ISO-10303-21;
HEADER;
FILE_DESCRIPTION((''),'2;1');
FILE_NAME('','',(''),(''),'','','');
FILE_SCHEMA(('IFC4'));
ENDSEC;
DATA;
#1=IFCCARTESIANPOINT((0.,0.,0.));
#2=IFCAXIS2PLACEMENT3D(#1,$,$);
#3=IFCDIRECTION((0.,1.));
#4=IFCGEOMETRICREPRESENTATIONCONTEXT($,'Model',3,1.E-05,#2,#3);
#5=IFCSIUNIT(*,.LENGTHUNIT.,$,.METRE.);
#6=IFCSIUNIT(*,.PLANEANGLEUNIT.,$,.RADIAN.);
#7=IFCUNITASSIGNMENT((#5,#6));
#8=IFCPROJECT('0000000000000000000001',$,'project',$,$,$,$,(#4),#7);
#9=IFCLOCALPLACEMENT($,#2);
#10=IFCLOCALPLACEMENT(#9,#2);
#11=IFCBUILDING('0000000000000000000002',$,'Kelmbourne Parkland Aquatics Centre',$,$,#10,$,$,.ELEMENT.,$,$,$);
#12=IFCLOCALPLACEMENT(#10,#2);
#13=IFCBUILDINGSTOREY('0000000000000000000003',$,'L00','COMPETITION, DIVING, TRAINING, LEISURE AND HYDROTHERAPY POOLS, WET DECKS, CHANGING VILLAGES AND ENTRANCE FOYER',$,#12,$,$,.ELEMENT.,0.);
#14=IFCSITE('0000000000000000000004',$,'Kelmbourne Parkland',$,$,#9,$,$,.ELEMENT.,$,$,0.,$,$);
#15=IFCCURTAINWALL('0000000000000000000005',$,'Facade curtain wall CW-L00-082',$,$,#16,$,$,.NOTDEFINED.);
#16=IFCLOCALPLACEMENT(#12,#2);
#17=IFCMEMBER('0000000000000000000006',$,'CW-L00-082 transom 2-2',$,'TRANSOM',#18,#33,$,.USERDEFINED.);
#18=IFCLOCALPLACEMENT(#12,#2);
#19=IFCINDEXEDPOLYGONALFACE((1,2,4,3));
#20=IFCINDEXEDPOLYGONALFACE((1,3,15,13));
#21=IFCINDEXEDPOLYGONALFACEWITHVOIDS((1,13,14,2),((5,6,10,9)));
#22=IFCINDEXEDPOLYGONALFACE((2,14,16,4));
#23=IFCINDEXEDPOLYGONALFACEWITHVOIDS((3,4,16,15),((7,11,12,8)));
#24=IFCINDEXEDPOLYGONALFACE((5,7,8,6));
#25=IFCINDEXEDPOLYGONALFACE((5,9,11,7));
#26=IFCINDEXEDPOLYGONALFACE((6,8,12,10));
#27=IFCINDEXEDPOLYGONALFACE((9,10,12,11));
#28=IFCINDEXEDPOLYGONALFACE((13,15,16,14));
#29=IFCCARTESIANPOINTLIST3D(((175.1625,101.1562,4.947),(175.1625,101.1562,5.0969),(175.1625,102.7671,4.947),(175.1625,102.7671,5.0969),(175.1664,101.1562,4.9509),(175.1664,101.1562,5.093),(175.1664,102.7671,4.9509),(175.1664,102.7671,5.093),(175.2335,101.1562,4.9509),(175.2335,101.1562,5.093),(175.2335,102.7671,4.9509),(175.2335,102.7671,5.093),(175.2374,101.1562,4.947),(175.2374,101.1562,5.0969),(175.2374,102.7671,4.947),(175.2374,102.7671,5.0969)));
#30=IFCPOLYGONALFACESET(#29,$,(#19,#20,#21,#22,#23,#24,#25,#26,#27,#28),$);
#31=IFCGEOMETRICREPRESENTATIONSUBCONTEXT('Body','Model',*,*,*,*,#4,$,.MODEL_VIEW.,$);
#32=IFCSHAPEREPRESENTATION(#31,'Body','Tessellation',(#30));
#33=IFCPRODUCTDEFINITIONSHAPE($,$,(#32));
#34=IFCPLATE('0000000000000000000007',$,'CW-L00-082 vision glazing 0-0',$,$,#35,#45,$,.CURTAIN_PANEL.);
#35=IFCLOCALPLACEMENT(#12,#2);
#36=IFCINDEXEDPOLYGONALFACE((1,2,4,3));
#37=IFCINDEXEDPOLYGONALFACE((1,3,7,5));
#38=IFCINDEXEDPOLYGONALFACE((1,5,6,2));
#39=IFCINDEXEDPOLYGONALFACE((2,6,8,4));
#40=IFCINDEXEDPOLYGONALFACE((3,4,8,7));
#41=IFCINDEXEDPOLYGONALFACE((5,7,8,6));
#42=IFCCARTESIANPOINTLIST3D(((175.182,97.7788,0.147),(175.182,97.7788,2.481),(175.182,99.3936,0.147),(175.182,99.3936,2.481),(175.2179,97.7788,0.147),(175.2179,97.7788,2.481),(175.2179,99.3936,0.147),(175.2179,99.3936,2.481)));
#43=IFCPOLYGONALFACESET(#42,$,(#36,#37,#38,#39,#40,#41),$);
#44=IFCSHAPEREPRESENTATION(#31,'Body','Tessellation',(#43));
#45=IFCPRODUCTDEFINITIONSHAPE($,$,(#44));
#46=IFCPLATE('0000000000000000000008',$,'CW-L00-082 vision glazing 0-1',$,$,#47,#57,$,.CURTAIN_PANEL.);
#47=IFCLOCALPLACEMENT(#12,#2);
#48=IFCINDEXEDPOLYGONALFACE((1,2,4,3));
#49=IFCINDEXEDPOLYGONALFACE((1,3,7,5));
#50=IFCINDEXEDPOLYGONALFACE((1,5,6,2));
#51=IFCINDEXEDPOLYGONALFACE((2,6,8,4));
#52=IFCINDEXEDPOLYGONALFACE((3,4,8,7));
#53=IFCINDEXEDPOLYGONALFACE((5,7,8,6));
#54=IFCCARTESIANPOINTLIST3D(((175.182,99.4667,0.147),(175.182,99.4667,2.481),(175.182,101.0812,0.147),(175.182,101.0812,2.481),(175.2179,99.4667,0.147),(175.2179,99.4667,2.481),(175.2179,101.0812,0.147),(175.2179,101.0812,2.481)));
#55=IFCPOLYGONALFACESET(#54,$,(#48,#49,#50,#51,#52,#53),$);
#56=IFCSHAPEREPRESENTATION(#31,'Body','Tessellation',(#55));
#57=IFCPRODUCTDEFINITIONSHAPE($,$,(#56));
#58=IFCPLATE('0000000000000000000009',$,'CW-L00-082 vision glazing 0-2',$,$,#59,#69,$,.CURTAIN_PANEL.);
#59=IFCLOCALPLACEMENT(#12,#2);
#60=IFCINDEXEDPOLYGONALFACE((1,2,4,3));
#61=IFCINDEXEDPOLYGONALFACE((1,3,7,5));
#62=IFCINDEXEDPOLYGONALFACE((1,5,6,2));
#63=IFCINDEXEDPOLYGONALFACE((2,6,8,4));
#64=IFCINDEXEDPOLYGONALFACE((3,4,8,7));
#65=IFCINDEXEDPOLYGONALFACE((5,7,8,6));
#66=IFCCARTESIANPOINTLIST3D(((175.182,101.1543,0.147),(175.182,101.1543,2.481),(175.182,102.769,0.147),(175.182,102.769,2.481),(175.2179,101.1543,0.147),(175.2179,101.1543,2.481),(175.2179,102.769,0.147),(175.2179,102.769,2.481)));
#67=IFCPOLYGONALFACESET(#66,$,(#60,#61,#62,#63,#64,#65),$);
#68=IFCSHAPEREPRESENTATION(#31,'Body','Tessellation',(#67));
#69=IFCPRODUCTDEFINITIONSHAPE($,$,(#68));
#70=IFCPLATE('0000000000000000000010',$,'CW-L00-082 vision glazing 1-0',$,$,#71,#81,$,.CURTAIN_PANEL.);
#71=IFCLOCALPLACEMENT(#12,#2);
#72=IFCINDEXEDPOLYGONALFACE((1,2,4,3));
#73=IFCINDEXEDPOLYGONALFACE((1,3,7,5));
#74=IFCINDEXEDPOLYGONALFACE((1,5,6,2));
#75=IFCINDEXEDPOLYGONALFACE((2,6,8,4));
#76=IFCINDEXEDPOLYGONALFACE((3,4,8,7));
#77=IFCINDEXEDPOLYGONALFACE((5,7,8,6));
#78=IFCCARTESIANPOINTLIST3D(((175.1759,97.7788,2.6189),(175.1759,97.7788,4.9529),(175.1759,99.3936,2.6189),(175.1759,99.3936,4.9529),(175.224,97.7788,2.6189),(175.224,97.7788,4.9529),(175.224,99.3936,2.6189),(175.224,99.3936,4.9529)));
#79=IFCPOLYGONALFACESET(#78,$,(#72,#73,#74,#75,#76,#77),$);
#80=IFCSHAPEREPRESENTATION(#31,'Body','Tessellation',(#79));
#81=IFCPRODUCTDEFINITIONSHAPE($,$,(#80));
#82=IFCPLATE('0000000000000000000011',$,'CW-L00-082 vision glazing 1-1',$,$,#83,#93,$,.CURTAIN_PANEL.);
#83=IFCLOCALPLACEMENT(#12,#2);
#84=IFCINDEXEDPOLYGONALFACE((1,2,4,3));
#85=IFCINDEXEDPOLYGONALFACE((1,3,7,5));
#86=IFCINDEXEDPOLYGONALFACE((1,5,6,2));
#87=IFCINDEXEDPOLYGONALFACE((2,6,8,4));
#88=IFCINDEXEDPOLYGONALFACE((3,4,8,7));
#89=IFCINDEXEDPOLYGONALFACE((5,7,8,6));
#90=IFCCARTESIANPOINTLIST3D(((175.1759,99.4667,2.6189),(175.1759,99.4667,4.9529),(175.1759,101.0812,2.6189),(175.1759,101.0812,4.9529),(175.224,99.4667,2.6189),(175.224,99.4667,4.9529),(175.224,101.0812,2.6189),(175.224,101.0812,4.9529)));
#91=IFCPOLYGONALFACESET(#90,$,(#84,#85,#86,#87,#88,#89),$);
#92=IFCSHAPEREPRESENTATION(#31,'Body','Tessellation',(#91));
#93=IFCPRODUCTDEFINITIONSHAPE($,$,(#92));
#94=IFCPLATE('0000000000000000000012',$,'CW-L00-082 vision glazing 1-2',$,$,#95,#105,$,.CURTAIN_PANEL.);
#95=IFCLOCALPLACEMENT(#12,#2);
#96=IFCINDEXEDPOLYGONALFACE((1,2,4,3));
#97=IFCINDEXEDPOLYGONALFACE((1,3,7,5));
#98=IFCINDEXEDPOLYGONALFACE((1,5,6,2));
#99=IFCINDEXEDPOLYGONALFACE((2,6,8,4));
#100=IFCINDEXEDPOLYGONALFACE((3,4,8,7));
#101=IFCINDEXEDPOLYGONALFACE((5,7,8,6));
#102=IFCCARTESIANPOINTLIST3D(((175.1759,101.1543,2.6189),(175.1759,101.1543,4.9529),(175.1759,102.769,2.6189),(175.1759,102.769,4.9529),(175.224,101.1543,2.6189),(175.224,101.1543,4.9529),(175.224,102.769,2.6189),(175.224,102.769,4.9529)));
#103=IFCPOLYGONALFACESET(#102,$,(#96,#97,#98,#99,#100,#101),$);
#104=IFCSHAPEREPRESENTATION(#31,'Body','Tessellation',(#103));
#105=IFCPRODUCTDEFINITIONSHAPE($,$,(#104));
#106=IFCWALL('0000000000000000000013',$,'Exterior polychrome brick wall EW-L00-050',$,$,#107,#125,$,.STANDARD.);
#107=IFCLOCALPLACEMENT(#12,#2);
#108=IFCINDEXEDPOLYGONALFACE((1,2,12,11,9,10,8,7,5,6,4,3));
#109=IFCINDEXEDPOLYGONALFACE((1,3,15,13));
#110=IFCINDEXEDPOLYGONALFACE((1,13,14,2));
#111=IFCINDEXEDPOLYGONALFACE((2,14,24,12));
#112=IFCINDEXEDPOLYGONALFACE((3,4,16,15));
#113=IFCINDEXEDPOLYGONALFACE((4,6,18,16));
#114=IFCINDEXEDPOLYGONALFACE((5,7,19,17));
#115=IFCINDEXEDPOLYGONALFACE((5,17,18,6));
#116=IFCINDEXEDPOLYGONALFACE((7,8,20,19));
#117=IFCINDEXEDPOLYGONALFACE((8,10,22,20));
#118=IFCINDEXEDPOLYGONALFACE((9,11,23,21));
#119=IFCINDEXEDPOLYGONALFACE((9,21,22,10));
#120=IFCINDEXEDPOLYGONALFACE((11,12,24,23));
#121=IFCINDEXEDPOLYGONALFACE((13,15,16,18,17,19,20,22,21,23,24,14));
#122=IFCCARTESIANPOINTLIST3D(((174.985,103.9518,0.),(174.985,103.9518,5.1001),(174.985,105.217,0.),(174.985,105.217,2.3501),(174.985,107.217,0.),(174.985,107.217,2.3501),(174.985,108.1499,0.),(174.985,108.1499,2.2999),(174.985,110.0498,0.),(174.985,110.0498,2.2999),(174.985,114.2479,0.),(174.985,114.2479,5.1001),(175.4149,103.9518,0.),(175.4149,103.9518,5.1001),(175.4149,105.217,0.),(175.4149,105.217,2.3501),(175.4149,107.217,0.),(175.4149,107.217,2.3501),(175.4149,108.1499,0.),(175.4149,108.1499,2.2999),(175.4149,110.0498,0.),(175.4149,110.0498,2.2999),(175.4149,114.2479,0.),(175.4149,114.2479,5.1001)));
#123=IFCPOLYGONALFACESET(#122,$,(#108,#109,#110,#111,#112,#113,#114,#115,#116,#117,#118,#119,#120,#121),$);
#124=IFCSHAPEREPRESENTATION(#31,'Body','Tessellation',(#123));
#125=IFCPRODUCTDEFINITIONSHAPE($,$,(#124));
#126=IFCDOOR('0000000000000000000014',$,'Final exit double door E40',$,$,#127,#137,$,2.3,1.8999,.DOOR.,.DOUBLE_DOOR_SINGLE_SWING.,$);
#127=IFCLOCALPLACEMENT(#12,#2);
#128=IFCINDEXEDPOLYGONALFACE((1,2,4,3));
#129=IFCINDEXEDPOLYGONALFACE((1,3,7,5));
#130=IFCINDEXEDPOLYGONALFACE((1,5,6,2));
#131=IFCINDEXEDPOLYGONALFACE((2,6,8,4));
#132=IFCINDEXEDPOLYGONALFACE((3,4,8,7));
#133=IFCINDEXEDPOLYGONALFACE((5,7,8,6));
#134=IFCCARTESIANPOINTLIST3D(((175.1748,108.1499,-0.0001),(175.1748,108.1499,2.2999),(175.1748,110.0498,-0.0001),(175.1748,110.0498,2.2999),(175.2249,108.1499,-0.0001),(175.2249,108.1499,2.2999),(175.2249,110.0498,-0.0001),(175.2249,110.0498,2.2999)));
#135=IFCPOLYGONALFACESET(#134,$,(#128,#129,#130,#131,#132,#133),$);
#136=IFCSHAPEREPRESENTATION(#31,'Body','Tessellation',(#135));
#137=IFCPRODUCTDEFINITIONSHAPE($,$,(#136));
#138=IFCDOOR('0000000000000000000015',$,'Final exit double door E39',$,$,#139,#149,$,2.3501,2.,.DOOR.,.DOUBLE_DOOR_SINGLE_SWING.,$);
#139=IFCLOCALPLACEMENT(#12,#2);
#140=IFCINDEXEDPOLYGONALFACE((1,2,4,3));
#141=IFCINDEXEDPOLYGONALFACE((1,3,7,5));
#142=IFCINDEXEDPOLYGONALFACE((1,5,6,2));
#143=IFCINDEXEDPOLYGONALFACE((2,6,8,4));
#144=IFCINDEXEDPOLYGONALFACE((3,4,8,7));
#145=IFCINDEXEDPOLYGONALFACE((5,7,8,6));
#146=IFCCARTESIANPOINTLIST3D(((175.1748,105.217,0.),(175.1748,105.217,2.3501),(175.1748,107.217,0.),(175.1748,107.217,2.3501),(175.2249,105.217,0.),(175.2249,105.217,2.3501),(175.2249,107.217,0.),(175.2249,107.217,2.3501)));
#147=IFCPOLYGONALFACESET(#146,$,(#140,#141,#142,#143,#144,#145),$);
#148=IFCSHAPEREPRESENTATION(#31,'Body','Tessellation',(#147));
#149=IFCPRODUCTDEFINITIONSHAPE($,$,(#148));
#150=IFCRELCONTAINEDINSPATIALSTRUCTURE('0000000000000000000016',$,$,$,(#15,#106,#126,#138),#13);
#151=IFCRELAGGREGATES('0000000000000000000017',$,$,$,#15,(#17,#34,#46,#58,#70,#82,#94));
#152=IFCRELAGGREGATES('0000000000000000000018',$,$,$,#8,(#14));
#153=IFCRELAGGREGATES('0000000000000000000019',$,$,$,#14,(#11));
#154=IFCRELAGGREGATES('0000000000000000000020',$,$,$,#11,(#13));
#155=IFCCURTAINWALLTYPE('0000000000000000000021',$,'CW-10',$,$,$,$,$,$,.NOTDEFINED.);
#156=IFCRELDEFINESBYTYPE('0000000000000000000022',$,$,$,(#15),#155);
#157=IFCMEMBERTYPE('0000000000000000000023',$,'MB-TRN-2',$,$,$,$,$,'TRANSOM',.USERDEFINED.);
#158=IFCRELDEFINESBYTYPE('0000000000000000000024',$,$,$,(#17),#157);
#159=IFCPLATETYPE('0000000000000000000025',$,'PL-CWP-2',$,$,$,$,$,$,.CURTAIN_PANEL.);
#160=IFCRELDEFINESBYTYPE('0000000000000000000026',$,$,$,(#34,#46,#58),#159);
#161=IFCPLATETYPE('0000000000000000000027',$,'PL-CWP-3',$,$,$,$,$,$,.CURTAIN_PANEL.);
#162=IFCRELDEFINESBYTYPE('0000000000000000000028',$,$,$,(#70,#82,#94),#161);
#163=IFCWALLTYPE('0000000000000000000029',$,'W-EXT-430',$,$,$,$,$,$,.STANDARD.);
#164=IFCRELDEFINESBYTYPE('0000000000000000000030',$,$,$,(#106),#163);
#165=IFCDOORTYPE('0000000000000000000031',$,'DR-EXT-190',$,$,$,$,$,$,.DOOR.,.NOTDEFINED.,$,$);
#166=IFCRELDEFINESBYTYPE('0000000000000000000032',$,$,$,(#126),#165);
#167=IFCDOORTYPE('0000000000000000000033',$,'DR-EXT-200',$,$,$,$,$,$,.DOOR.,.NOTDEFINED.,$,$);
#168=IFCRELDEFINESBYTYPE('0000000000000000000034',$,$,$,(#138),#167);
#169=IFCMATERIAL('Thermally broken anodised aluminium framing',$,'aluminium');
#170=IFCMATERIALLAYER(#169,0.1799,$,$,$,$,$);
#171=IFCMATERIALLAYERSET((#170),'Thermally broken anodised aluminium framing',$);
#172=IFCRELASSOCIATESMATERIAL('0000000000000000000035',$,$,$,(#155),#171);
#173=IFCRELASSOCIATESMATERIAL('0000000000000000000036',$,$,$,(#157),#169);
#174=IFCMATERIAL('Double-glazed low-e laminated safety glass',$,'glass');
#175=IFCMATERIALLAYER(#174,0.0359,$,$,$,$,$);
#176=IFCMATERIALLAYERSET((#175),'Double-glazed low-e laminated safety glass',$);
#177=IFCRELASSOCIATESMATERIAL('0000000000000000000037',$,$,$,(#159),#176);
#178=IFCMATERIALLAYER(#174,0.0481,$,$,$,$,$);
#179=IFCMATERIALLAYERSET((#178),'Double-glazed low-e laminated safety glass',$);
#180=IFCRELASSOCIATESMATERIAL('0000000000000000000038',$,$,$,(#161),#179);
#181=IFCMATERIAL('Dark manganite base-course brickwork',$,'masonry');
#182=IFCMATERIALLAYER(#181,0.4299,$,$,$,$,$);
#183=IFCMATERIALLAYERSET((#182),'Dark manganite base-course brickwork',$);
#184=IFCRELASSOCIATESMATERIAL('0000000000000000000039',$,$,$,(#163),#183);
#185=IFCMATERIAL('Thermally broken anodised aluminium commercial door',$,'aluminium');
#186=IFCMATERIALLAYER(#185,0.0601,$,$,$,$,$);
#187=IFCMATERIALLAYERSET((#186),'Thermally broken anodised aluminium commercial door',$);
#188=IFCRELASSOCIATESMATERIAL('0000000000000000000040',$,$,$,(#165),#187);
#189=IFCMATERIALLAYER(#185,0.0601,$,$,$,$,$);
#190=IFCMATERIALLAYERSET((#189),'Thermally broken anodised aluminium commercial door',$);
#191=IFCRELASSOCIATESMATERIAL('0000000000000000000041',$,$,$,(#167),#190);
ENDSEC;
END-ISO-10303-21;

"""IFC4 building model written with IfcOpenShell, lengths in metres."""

from ifc_helpers import new_model, si_unit, direction, frame, frame_2d, origin, origin_2d, place, context, subcontext, project, spatial, rectangle, hollow_rectangle, extrude, material, layer, layer_set, material_profile, profile_set, type_object, element, fill, aggregate, save


model = new_model("IFC4")

# Units and contexts
model_context = context("Model", 3, precision=1e-05, world=origin(), true_north=direction((0.0, 1.0)))
body_context = subcontext(model_context, "Body", "Model", "MODEL_VIEW")
ifc_project = project(units=[si_unit("LENGTHUNIT", "METRE"), si_unit("PLANEANGLEUNIT", "RADIAN")], contexts=[model_context])

# Site, building, storey
site_placement = place(None, origin())
site = spatial("IfcSite", under=ifc_project, at=site_placement, Name="Kelmbourne Parkland", CompositionType="ELEMENT", RefElevation=0.0)
building_placement = place(site_placement, origin())
building = spatial("IfcBuilding", under=site, at=building_placement, Name="Kelmbourne Parkland Aquatics Centre", CompositionType="ELEMENT")
storey_placement = place(building_placement, origin())
storey = spatial("IfcBuildingStorey", under=building, at=storey_placement, Name="L00", Description="COMPETITION, DIVING, TRAINING, LEISURE AND HYDROTHERAPY POOLS, WET DECKS, CHANGING VILLAGES AND ENTRANCE FOYER", CompositionType="ELEMENT", Elevation=0.0)

# Curtain wall, member, plates
ifc_material_1 = material(Name="Thermally broken anodised aluminium framing", Category="aluminium")
ifc_layer_1 = layer(ifc_material_1, 0.1799)
ifc_layer_set_1 = layer_set([ifc_layer_1], Name="Thermally broken anodised aluminium framing")
curtain_wall_type = type_object("IfcCurtainWallType", Name="CW-10", PredefinedType="NOTDEFINED", material=ifc_layer_set_1)
curtain_wall_placement = place(storey_placement, origin())
curtain_wall = element("IfcCurtainWall", 1, at=curtain_wall_placement, inside=storey, type_object=curtain_wall_type, Name="Facade curtain wall CW-L00-082", PredefinedType="NOTDEFINED")
ifc_material_profile_1 = material_profile(ifc_material_1, hollow_rectangle(XDim=0.075, YDim=0.1499, WallThickness=0.0039, at=origin_2d()), Name="CW-T 75x150")
ifc_profile_set_1 = profile_set([ifc_material_profile_1], Name="Thermally broken anodised aluminium framing")
member_type_1 = type_object("IfcMemberType", Name="MB-TRN-2", ElementType="TRANSOM", PredefinedType="USERDEFINED", material=ifc_profile_set_1)
member_1_placement = place(storey_placement, frame((175.2, 101.1562, 5.022), z_axis=(0.0, 1.0, 0.0), x_axis=(-1.0, 0.0, 0.0)))
member_1 = element("IfcMember", 2, at=member_1_placement, type_object=member_type_1, Name="CW-L00-082 transom 2-2", ObjectType="TRANSOM", PredefinedType="USERDEFINED", context=body_context, shape_type="SweptSolid", body=[
    extrude(hollow_rectangle(XDim=0.075, YDim=0.1499, WallThickness=0.0039, at=origin_2d()), origin(), (0.0, 0.0, 1.0), 1.6108),
])
ifc_material_2 = material(Name="Double-glazed low-e laminated safety glass", Category="glass")
ifc_layer_2 = layer(ifc_material_2, 0.0359)
ifc_layer_set_2 = layer_set([ifc_layer_2], Name="Double-glazed low-e laminated safety glass")
plate_type_1 = type_object("IfcPlateType", Name="PL-CWP-2", PredefinedType="CURTAIN_PANEL", material=ifc_layer_set_2)
plate_1_placement = place(storey_placement, frame((175.2, 98.5862, 0.147), z_axis=(0.0, 0.0, 1.0), x_axis=(0.0, 1.0, 0.0)))
plate_1 = element("IfcPlate", 3, at=plate_1_placement, type_object=plate_type_1, Name="CW-L00-082 vision glazing 0-0", PredefinedType="CURTAIN_PANEL", context=body_context, shape_type="SweptSolid", body=[
    extrude(rectangle(XDim=1.6147, YDim=0.0359, at=origin_2d()), origin(), (0.0, 0.0, 1.0), 2.334),
])
plate_2_placement = place(storey_placement, frame((175.2, 100.2739, 0.147), z_axis=(0.0, 0.0, 1.0), x_axis=(0.0, 1.0, 0.0)))
plate_2 = element("IfcPlate", 4, at=plate_2_placement, type_object=plate_type_1, Name="CW-L00-082 vision glazing 0-1", PredefinedType="CURTAIN_PANEL", context=body_context, shape_type="SweptSolid", body=[
    extrude(rectangle(XDim=1.6145, YDim=0.0359, at=origin_2d()), origin(), (0.0, 0.0, 1.0), 2.334),
])
plate_3_placement = place(storey_placement, frame((175.2, 101.9617, 0.147), z_axis=(0.0, 0.0, 1.0), x_axis=(0.0, 1.0, 0.0)))
plate_3 = element("IfcPlate", 5, at=plate_3_placement, type_object=plate_type_1, Name="CW-L00-082 vision glazing 0-2", PredefinedType="CURTAIN_PANEL", context=body_context, shape_type="SweptSolid", body=[
    extrude(rectangle(XDim=1.6147, YDim=0.0359, at=origin_2d()), origin(), (0.0, 0.0, 1.0), 2.334),
])
ifc_layer_3 = layer(ifc_material_2, 0.0481)
ifc_layer_set_3 = layer_set([ifc_layer_3], Name="Double-glazed low-e laminated safety glass")
plate_type_2 = type_object("IfcPlateType", Name="PL-CWP-3", PredefinedType="CURTAIN_PANEL", material=ifc_layer_set_3)
plate_4_placement = place(storey_placement, frame((175.2, 98.5862, 2.6189), z_axis=(0.0, 0.0, 1.0), x_axis=(0.0, 1.0, 0.0)))
plate_4 = element("IfcPlate", 6, at=plate_4_placement, type_object=plate_type_2, Name="CW-L00-082 vision glazing 1-0", PredefinedType="CURTAIN_PANEL", context=body_context, shape_type="SweptSolid", body=[
    extrude(rectangle(XDim=1.6147, YDim=0.0481, at=origin_2d()), origin(), (0.0, 0.0, 1.0), 2.334),
])
plate_5_placement = place(storey_placement, frame((175.2, 100.2739, 2.6189), z_axis=(0.0, 0.0, 1.0), x_axis=(0.0, 1.0, 0.0)))
plate_5 = element("IfcPlate", 7, at=plate_5_placement, type_object=plate_type_2, Name="CW-L00-082 vision glazing 1-1", PredefinedType="CURTAIN_PANEL", context=body_context, shape_type="SweptSolid", body=[
    extrude(rectangle(XDim=1.6145, YDim=0.0481, at=origin_2d()), origin(), (0.0, 0.0, 1.0), 2.334),
])
plate_6_placement = place(storey_placement, frame((175.2, 101.9617, 2.6189), z_axis=(0.0, 0.0, 1.0), x_axis=(0.0, 1.0, 0.0)))
plate_6 = element("IfcPlate", 8, at=plate_6_placement, type_object=plate_type_2, Name="CW-L00-082 vision glazing 1-2", PredefinedType="CURTAIN_PANEL", context=body_context, shape_type="SweptSolid", body=[
    extrude(rectangle(XDim=1.6147, YDim=0.0481, at=origin_2d()), origin(), (0.0, 0.0, 1.0), 2.334),
])
aggregate(curtain_wall, [member_1, plate_1, plate_2, plate_3, plate_4, plate_5, plate_6])

# Wall, openings, doors
ifc_material_3 = material(Name="Dark manganite base-course brickwork", Category="masonry")
ifc_layer_4 = layer(ifc_material_3, 0.4299)
ifc_layer_set_4 = layer_set([ifc_layer_4], Name="Dark manganite base-course brickwork")
wall_type = type_object("IfcWallType", Name="W-EXT-430", PredefinedType="STANDARD", material=ifc_layer_set_4)
wall_placement = place(storey_placement, frame((175.2, 103.9519, 0.0), z_axis=(0.0, 0.0, 1.0), x_axis=(0.0, 1.0, 0.0)))
wall = element("IfcWall", 9, at=wall_placement, inside=storey, type_object=wall_type, Name="Exterior polychrome brick wall EW-L00-050", PredefinedType="STANDARD", context=body_context, shape_type="SweptSolid", body=[
    extrude(rectangle(XDim=10.2961, YDim=0.4299, at=frame_2d((5.1479, 0.0))), origin(), (0.0, 0.0, 1.0), 5.1001),
])
opening_1_placement = place(wall_placement, frame((1.2651, 0.0, 0.0)))
opening_1 = element("IfcOpeningElement", 10, at=opening_1_placement, cuts=wall, PredefinedType="OPENING", context=body_context, shape_type="SweptSolid", body=[
    extrude(rectangle(XDim=2.0, YDim=2.3501, at=frame_2d((1.0, 1.175))), frame((0.0, 0.2271, 0.0), z_axis=(0.0, -1.0, 0.0), x_axis=(1.0, 0.0, 0.0)), (0.0, 0.0, 1.0), 0.4539),
])
opening_2_placement = place(wall_placement, frame((4.198, 0.0, 0.0)))
opening_2 = element("IfcOpeningElement", 11, at=opening_2_placement, cuts=wall, PredefinedType="OPENING", context=body_context, shape_type="SweptSolid", body=[
    extrude(rectangle(XDim=1.8999, YDim=2.3, at=frame_2d((0.95, 1.1499))), frame((0.0, 0.2271, 0.0), z_axis=(0.0, -1.0, 0.0), x_axis=(1.0, 0.0, 0.0)), (0.0, 0.0, 1.0), 0.4539),
])
ifc_material_4 = material(Name="Thermally broken anodised aluminium commercial door", Category="aluminium")
ifc_layer_5 = layer(ifc_material_4, 0.0601)
ifc_layer_set_5 = layer_set([ifc_layer_5], Name="Thermally broken anodised aluminium commercial door")
door_type_1 = type_object("IfcDoorType", Name="DR-EXT-190", OperationType="NOTDEFINED", PredefinedType="DOOR", material=ifc_layer_set_5)
door_1_placement = place(opening_2_placement, frame((1.8999, 0.0, 0.0), z_axis=(0.0, 0.0, 1.0), x_axis=(-1.0, 0.0, 0.0)))
door_1 = element("IfcDoor", 12, at=door_1_placement, inside=storey, type_object=door_type_1, Name="Final exit double door E40", OperationType="DOUBLE_DOOR_SINGLE_SWING", OverallHeight=2.3, OverallWidth=1.8999, PredefinedType="DOOR", context=body_context, shape_type="SweptSolid", body=[
    extrude(rectangle(XDim=1.8999, YDim=2.3, at=frame_2d((0.95, 1.1499))), frame((0.0, 0.0249, 0.0), z_axis=(0.0, -1.0, 0.0), x_axis=(1.0, 0.0, 0.0)), (0.0, 0.0, 1.0), 0.05),
])
fill(opening_2, door_1)
ifc_layer_6 = layer(ifc_material_4, 0.0601)
ifc_layer_set_6 = layer_set([ifc_layer_6], Name="Thermally broken anodised aluminium commercial door")
door_type_2 = type_object("IfcDoorType", Name="DR-EXT-200", OperationType="NOTDEFINED", PredefinedType="DOOR", material=ifc_layer_set_6)
door_2_placement = place(opening_1_placement, frame((2.0, 0.0, 0.0), z_axis=(0.0, 0.0, 1.0), x_axis=(-1.0, 0.0, 0.0)))
door_2 = element("IfcDoor", 13, at=door_2_placement, inside=storey, type_object=door_type_2, Name="Final exit double door E39", OperationType="DOUBLE_DOOR_SINGLE_SWING", OverallHeight=2.3501, OverallWidth=2.0, PredefinedType="DOOR", context=body_context, shape_type="SweptSolid", body=[
    extrude(rectangle(XDim=2.0, YDim=2.3501, at=frame_2d((1.0, 1.175))), frame((0.0, 0.0249, 0.0), z_axis=(0.0, -1.0, 0.0), x_axis=(1.0, 0.0, 0.0)), (0.0, 0.0, 1.0), 0.05),
])
fill(opening_1, door_2)

save(model, "model.ifc")
